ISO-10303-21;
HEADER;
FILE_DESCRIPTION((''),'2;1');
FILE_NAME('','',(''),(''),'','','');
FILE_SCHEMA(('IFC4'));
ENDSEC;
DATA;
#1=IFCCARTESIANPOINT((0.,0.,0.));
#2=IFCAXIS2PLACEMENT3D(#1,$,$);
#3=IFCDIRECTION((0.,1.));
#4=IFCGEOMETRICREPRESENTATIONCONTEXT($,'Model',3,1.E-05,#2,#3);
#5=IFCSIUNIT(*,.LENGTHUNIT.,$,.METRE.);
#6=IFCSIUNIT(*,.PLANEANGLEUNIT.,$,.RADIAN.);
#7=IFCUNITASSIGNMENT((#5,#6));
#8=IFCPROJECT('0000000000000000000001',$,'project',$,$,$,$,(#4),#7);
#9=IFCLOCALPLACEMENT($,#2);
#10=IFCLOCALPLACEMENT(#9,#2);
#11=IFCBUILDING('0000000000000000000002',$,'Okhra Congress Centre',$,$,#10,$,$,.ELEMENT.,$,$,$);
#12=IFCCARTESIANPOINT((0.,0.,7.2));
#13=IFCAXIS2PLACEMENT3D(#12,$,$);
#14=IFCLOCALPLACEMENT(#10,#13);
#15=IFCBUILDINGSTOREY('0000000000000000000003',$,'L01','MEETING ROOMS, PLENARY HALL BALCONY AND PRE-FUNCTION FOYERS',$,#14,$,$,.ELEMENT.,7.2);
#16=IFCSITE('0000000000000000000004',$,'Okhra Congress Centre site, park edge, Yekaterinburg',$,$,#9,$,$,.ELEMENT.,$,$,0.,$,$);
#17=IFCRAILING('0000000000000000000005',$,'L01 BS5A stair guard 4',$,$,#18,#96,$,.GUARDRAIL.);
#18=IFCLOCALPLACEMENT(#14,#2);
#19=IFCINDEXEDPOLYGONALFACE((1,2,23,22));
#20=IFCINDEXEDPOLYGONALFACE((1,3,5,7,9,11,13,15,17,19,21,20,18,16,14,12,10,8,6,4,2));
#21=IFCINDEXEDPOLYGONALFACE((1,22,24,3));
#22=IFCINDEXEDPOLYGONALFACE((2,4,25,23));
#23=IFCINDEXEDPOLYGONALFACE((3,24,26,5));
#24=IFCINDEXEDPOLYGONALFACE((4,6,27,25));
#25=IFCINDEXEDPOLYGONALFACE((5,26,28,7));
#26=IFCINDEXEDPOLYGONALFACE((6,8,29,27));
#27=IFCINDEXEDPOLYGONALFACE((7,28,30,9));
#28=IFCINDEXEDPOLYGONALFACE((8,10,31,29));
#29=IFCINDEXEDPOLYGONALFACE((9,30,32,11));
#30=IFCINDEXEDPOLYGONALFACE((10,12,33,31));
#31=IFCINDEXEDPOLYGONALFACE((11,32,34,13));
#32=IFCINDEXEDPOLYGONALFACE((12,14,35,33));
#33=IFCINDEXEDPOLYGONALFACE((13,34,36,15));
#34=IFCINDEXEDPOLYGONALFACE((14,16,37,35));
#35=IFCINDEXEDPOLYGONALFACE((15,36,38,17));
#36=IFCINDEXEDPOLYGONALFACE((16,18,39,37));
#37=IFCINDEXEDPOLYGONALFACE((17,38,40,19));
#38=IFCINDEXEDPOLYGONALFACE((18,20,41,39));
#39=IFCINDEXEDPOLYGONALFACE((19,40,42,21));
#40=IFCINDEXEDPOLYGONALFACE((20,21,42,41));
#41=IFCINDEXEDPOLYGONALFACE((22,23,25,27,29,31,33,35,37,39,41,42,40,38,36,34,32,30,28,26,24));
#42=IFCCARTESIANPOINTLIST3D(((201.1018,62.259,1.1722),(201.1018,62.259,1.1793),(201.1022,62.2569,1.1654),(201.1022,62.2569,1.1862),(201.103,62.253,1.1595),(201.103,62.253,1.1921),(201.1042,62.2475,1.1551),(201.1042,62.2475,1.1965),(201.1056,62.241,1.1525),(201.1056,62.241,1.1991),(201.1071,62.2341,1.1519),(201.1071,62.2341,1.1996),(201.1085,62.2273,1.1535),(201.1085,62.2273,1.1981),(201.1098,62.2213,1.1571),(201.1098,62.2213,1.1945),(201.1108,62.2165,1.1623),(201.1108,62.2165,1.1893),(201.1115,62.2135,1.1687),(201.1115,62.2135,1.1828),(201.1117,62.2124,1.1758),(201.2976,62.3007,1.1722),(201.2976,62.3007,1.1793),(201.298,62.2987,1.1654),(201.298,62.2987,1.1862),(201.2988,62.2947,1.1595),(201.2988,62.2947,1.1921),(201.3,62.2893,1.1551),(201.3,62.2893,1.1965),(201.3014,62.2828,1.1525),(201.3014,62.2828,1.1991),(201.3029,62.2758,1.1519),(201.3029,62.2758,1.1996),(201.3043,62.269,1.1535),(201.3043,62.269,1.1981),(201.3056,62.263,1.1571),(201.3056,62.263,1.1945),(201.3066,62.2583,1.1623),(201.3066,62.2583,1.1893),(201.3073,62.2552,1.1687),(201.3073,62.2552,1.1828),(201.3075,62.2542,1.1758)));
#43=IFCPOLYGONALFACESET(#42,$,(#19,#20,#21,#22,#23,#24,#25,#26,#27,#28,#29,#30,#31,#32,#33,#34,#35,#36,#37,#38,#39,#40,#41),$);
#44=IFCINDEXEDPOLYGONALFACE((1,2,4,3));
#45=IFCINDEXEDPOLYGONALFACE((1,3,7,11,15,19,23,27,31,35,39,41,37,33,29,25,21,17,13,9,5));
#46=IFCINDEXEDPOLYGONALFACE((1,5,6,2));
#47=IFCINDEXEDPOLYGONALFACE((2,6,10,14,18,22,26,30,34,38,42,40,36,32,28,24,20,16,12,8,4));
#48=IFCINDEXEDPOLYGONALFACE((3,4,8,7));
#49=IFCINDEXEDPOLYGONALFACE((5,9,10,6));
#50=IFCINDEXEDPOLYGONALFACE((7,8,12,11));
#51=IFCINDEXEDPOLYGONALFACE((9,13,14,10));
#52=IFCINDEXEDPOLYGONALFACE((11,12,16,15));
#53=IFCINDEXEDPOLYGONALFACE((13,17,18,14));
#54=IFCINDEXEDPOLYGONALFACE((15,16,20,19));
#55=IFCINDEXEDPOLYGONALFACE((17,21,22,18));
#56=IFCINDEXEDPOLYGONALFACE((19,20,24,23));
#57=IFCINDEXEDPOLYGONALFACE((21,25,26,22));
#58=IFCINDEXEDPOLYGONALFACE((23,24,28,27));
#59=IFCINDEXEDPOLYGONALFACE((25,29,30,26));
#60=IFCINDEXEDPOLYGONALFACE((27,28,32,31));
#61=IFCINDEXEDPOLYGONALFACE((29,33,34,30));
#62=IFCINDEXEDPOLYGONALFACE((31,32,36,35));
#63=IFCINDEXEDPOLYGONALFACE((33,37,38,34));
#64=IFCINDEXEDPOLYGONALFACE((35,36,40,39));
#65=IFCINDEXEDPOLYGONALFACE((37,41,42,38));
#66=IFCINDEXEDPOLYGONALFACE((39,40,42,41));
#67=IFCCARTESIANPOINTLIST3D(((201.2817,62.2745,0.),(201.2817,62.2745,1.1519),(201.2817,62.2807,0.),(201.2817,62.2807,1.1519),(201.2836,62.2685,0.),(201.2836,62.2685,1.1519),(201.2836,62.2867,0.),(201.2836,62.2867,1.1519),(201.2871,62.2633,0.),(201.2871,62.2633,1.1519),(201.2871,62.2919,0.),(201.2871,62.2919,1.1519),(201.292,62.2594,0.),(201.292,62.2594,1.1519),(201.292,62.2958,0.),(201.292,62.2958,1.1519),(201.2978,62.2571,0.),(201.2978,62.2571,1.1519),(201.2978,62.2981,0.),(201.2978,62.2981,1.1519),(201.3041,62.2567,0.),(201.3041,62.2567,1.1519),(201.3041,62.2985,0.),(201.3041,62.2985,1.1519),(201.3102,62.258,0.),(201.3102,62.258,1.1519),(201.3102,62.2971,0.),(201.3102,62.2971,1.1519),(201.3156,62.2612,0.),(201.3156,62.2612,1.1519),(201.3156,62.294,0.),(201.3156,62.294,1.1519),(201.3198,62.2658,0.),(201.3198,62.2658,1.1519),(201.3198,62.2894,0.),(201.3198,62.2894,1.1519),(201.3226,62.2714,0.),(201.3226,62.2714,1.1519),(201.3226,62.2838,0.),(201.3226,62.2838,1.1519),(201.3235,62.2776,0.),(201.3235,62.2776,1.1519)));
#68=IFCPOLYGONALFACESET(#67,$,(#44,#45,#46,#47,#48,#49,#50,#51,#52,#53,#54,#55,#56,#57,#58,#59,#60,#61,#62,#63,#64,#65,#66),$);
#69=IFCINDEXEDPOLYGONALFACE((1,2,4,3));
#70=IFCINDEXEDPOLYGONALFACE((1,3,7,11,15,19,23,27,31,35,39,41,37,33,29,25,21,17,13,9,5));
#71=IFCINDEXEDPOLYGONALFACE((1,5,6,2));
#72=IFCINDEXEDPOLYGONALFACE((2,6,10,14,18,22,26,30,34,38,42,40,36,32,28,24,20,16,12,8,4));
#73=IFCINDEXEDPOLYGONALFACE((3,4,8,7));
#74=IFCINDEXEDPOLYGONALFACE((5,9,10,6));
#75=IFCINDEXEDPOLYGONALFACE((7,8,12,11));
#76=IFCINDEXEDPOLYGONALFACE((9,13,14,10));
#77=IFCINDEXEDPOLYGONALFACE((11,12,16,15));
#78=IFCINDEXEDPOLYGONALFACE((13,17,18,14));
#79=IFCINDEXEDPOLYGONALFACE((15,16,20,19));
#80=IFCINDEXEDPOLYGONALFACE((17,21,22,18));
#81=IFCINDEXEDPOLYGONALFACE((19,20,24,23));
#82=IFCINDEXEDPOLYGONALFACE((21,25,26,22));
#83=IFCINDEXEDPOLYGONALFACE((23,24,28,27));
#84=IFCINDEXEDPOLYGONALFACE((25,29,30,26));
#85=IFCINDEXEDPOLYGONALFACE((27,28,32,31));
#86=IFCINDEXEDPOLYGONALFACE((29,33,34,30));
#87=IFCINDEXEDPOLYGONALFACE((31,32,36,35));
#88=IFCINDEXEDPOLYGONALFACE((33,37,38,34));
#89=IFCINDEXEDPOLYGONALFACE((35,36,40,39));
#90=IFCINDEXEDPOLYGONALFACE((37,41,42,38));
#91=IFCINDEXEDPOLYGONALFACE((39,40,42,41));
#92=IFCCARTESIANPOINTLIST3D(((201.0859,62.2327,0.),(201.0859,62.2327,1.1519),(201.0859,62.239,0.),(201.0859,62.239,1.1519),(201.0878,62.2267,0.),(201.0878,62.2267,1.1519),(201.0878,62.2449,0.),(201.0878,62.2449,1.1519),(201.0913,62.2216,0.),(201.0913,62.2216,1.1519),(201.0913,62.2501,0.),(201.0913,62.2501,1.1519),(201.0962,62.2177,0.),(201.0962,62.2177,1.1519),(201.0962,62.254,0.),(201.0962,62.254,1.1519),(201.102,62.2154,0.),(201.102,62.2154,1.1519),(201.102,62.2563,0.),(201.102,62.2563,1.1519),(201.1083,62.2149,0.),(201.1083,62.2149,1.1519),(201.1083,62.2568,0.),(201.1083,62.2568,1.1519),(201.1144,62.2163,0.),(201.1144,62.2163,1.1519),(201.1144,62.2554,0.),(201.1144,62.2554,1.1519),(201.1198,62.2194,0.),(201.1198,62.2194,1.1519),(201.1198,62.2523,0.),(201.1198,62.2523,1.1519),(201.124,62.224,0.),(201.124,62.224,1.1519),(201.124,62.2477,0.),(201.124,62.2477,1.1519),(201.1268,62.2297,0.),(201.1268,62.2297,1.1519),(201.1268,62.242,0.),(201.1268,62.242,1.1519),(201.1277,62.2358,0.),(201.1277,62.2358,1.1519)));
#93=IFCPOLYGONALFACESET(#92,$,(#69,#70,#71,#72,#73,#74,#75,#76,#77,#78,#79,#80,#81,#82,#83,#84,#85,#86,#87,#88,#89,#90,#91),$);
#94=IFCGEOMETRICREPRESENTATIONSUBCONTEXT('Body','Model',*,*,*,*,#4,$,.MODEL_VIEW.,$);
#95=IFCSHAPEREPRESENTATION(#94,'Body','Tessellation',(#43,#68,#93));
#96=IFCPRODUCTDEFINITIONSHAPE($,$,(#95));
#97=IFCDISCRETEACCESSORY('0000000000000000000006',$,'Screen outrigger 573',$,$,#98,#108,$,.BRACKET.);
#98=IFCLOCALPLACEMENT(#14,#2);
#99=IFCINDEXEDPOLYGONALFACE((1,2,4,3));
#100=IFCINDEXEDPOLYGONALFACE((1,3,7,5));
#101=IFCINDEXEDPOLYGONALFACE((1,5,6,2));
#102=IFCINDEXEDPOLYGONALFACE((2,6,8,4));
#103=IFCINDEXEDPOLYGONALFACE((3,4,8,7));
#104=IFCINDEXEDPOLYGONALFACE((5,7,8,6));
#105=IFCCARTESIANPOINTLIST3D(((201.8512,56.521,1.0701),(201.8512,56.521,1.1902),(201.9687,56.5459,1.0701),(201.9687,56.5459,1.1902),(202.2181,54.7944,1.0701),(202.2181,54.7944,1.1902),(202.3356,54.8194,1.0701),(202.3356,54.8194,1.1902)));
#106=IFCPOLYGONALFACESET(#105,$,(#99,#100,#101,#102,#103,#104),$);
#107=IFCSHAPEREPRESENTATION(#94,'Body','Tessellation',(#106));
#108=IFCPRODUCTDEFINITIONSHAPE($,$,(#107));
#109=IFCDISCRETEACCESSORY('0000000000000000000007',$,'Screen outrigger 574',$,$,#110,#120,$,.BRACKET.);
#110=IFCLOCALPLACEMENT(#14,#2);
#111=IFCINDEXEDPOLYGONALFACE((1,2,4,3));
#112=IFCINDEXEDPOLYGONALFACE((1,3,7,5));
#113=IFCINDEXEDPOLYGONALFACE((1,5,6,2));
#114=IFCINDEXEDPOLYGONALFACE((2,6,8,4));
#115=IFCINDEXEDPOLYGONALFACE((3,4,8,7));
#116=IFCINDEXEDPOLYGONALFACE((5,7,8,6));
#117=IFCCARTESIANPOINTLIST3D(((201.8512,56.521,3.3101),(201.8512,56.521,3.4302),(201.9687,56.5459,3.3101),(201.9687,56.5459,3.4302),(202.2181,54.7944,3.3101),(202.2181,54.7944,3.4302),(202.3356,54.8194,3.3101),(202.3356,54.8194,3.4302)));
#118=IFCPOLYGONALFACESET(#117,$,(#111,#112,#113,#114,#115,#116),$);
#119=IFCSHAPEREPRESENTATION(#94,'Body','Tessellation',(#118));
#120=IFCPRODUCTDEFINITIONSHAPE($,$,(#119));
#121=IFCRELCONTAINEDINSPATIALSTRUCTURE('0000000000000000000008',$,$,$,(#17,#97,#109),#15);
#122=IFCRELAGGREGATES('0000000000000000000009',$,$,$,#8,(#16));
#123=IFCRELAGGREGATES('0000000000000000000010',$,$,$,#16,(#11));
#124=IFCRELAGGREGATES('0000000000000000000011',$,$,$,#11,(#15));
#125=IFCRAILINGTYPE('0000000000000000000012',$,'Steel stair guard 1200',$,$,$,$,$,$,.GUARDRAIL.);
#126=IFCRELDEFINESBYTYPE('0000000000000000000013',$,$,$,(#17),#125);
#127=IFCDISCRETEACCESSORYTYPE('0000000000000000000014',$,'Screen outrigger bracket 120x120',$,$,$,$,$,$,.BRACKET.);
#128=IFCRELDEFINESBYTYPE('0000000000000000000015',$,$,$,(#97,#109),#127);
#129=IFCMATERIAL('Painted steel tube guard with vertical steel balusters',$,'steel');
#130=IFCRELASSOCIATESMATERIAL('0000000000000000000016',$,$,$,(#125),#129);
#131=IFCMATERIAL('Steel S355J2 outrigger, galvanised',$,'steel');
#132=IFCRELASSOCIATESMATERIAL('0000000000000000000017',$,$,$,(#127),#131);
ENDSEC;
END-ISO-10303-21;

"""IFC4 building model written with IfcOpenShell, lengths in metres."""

from ifc_helpers import new_model, si_unit, direction, frame, origin, origin_2d, place, context, subcontext, project, spatial, rectangle, circle, extrude, material, material_profile, profile_set, type_object, element, save


model = new_model("IFC4")

# Units and contexts
model_context = context("Model", 3, precision=1e-05, world=origin(), true_north=direction((0.0, 1.0)))
body_context = subcontext(model_context, "Body", "Model", "MODEL_VIEW")
ifc_project = project(units=[si_unit("LENGTHUNIT", "METRE"), si_unit("PLANEANGLEUNIT", "RADIAN")], contexts=[model_context])

# Site, building, storey
site_placement = place(None, origin())
site = spatial("IfcSite", under=ifc_project, at=site_placement, Name="Okhra Congress Centre site, park edge, Yekaterinburg", CompositionType="ELEMENT", RefElevation=0.0)
building_placement = place(site_placement, origin())
building = spatial("IfcBuilding", under=site, at=building_placement, Name="Okhra Congress Centre", CompositionType="ELEMENT")
storey_placement = place(building_placement, frame((0.0, 0.0, 7.2)))
storey = spatial("IfcBuildingStorey", under=building, at=storey_placement, Name="L01", Description="MEETING ROOMS, PLENARY HALL BALCONY AND PRE-FUNCTION FOYERS", CompositionType="ELEMENT", Elevation=7.2)

# Railing
ifc_material_1 = material(Name="Painted steel tube guard with vertical steel balusters", Category="steel")
railing_type_1 = type_object("IfcRailingType", Name="Steel stair guard 1200", PredefinedType="GUARDRAIL", material=ifc_material_1)
railing_1_placement = place(storey_placement, frame((201.3025, 62.2776, 0.0)))
element("IfcRailing", 1, at=railing_1_placement, inside=storey, type_object=railing_type_1, Name="L01 BS5A stair guard 4", PredefinedType="GUARDRAIL", context=body_context, shape_type="SweptSolid", body=[
    extrude(circle(Radius=0.0239, at=origin_2d()), frame((0.0, 0.0, 1.1758), z_axis=(-0.978016, -0.20853, 0.0), x_axis=(0.20853, -0.978016, 0.0)), (0.0, 0.0, 1.0), 0.2002),
    extrude(circle(Radius=0.021, at=origin_2d()), origin(), (0.0, 0.0, 1.0), 1.1519),
    extrude(circle(Radius=0.021, at=origin_2d()), frame((-0.1958, -0.0417, 0.0)), (0.0, 0.0, 1.0), 1.1519),
])

# Discrete accessories
ifc_material_2 = material(Name="Steel S355J2 outrigger, galvanised", Category="steel")
ifc_material_profile_1 = material_profile(ifc_material_2, rectangle(XDim=0.1201, YDim=0.1201, at=origin_2d()), Name="Screen outrigger bracket 120x120")
ifc_profile_set_1 = profile_set([ifc_material_profile_1], Name="Steel S355J2 outrigger, galvanised")
discrete_accessory_type = type_object("IfcDiscreteAccessoryType", Name="Screen outrigger bracket 120x120", PredefinedType="BRACKET", material=ifc_profile_set_1)
for number, where, z_axis, x_axis, name in (
    (2, (201.9099, 56.5334, 1.1301), (0.207885, -0.978153, 0.0), (0.978153, 0.207885, 0.0), "Screen outrigger 573"),
    (3, (201.9099, 56.5334, 3.3701), (0.207885, -0.978153, 0.0), (0.978153, 0.207885, 0.0), "Screen outrigger 574"),
):
    element("IfcDiscreteAccessory", number, at=place(storey_placement, frame(where, z_axis=z_axis, x_axis=x_axis)), inside=storey, type_object=discrete_accessory_type, Name=name, PredefinedType="BRACKET", context=body_context, shape_type="SweptSolid", body=[
        extrude(rectangle(XDim=0.1201, YDim=0.1201, at=origin_2d()), origin(), (0.0, 0.0, 1.0), 1.7651),
    ])

save(model, "model.ifc")
